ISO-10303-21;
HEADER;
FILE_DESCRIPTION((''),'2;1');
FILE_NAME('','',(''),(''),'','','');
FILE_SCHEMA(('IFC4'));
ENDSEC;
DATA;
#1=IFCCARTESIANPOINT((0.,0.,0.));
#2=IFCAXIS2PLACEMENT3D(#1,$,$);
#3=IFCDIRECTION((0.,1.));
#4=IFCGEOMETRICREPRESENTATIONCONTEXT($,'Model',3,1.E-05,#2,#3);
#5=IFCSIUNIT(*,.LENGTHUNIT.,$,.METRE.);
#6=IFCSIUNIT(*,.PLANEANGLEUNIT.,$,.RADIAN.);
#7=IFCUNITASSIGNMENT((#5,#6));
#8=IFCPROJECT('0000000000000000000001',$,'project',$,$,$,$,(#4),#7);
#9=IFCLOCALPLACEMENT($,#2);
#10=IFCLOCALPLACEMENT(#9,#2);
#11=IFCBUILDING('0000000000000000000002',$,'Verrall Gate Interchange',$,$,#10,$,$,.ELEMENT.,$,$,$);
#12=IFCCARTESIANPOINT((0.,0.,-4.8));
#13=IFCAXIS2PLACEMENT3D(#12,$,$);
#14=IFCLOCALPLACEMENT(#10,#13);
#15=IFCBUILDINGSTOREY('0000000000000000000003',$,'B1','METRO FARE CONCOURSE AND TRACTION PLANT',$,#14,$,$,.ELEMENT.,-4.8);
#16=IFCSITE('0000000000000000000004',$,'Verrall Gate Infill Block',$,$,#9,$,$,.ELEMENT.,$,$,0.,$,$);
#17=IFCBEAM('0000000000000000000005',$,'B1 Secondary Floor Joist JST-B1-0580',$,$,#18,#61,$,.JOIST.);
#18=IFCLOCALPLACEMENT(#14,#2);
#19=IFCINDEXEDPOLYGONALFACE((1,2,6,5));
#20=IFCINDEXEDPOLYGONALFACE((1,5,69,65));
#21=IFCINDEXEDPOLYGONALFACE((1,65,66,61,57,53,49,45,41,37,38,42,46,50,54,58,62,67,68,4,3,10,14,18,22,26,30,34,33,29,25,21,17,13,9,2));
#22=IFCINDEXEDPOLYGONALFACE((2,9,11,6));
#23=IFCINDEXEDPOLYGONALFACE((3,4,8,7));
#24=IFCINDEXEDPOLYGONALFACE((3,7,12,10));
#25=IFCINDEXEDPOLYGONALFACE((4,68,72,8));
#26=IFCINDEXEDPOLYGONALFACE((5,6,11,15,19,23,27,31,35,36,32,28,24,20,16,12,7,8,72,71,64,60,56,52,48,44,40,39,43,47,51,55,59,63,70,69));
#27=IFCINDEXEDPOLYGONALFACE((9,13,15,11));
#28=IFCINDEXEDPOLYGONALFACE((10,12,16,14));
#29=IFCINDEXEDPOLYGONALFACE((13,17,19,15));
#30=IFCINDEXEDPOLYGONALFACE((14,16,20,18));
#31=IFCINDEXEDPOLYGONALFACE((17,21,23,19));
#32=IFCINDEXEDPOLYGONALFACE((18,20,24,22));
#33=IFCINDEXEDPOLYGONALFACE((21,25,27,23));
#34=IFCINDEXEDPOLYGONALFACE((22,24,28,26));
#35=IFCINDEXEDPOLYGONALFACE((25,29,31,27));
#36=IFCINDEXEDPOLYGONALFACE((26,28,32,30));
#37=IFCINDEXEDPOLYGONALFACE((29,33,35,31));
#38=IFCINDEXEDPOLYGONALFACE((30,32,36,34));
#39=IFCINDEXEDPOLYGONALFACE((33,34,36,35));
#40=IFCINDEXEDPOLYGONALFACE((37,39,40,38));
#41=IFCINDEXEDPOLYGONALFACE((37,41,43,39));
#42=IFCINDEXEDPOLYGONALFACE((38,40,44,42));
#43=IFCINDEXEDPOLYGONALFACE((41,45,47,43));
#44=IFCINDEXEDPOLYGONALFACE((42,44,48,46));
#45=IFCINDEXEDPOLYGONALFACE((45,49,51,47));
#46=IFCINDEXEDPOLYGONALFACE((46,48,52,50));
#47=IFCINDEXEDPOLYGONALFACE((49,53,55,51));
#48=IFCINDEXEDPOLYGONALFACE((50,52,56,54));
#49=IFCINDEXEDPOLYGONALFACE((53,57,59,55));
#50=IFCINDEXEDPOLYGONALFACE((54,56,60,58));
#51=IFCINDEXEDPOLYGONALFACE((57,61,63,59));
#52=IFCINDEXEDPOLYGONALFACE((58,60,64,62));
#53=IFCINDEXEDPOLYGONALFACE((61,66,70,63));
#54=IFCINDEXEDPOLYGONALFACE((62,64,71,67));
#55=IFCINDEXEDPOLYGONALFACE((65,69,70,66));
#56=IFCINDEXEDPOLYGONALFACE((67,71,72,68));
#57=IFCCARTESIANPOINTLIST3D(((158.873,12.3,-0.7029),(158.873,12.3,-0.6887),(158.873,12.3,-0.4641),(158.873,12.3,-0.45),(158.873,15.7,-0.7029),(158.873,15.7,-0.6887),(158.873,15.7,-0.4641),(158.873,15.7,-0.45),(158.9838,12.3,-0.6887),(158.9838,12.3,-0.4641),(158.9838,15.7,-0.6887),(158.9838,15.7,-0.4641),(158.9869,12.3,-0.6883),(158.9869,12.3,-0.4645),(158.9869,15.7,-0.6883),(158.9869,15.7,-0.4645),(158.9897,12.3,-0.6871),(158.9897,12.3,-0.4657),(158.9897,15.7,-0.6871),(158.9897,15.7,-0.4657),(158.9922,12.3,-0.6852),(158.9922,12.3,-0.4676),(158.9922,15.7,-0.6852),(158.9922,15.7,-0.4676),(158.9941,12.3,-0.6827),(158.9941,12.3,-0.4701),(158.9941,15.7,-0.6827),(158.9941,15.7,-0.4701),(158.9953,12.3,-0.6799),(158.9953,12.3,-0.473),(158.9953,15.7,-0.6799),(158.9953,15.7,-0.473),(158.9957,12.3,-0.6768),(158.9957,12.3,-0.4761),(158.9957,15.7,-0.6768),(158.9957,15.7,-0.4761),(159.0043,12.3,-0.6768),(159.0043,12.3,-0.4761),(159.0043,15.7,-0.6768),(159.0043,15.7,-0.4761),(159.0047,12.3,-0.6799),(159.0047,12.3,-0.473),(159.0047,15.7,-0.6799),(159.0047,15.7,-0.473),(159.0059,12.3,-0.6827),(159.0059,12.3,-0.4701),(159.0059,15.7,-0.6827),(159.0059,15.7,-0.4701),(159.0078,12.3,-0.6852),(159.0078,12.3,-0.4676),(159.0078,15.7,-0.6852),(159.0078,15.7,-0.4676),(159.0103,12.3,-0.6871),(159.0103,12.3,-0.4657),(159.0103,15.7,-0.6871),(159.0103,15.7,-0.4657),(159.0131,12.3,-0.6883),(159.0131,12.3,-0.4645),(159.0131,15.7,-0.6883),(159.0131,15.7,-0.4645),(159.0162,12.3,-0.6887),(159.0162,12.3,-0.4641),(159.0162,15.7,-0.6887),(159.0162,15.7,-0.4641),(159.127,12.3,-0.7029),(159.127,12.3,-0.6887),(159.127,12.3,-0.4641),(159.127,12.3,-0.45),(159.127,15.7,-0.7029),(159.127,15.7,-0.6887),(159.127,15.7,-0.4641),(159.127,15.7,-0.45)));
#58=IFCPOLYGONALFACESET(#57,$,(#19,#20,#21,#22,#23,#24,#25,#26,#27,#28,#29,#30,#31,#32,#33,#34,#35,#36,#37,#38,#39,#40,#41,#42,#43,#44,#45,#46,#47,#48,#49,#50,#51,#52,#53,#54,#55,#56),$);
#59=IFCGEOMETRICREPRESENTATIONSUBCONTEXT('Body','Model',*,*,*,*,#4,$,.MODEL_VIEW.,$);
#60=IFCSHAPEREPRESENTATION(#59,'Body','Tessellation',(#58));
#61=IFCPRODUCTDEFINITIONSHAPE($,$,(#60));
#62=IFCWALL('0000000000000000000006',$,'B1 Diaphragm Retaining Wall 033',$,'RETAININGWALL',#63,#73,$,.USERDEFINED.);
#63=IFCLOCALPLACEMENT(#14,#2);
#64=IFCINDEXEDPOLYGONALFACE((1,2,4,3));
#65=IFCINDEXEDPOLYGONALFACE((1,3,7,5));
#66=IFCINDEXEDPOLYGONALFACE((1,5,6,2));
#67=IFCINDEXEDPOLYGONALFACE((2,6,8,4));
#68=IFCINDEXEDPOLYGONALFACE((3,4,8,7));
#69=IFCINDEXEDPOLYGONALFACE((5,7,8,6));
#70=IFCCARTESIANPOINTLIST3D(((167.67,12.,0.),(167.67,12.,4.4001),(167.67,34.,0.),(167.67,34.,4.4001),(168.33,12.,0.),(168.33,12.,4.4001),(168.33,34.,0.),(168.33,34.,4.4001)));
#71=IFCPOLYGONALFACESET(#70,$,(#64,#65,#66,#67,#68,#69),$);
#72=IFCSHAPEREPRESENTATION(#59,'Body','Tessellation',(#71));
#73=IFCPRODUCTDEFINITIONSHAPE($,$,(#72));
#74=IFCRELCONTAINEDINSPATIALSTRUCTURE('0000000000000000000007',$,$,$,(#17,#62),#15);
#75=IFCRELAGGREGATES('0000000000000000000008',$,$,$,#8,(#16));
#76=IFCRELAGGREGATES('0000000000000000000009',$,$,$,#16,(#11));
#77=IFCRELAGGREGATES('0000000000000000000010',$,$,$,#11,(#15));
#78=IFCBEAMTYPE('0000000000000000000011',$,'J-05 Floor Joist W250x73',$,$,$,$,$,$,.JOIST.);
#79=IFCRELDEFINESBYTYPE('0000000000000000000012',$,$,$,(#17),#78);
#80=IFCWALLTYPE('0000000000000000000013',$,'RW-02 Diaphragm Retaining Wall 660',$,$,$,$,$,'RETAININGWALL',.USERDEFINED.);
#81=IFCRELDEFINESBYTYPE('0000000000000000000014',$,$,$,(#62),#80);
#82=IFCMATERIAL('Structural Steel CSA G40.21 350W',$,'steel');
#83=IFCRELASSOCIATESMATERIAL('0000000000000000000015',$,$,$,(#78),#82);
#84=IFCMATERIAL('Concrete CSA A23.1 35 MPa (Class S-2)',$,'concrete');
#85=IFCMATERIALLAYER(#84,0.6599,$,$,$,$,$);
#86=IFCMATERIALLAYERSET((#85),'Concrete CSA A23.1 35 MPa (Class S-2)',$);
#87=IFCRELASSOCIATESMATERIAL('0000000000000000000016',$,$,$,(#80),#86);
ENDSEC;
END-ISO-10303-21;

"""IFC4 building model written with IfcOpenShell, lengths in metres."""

from ifc_helpers import new_model, si_unit, direction, frame, frame_2d, origin, origin_2d, place, context, subcontext, project, spatial, rectangle, i_section, extrude, material, layer, layer_set, material_profile, profile_set, type_object, element, save


model = new_model("IFC4")

# Units and contexts
model_context = context("Model", 3, precision=1e-05, world=origin(), true_north=direction((0.0, 1.0)))
body_context = subcontext(model_context, "Body", "Model", "MODEL_VIEW")
ifc_project = project(units=[si_unit("LENGTHUNIT", "METRE"), si_unit("PLANEANGLEUNIT", "RADIAN")], contexts=[model_context])

# Site, building, storey
site_placement = place(None, origin())
site = spatial("IfcSite", under=ifc_project, at=site_placement, Name="Verrall Gate Infill Block", CompositionType="ELEMENT", RefElevation=0.0)
building_placement = place(site_placement, origin())
building = spatial("IfcBuilding", under=site, at=building_placement, Name="Verrall Gate Interchange", CompositionType="ELEMENT")
storey_placement = place(building_placement, frame((0.0, 0.0, -4.8)))
storey = spatial("IfcBuildingStorey", under=building, at=storey_placement, Name="B1", Description="METRO FARE CONCOURSE AND TRACTION PLANT", CompositionType="ELEMENT", Elevation=-4.8)

# Beam
ifc_material_1 = material(Name="Structural Steel CSA G40.21 350W", Category="steel")
ifc_material_profile_1 = material_profile(ifc_material_1, i_section(OverallWidth=0.2539, OverallDepth=0.2529, WebThickness=0.0085, FlangeThickness=0.0142, FilletRadius=0.012, at=origin_2d()), Name="W250x73")
ifc_profile_set_1 = profile_set([ifc_material_profile_1], Name="Structural Steel CSA G40.21 350W")
beam_type_1 = type_object("IfcBeamType", Name="J-05 Floor Joist W250x73", PredefinedType="JOIST", material=ifc_profile_set_1)
beam_1_placement = place(storey_placement, frame((159.0, 12.3, -0.5764), z_axis=(0.0, 1.0, 0.0), x_axis=(-1.0, 0.0, 0.0)))
element("IfcBeam", 1, at=beam_1_placement, inside=storey, type_object=beam_type_1, Name="B1 Secondary Floor Joist JST-B1-0580", PredefinedType="JOIST", context=body_context, shape_type="SweptSolid", body=[
    extrude(i_section(OverallWidth=0.2539, OverallDepth=0.2529, WebThickness=0.0085, FlangeThickness=0.0142, FilletRadius=0.012, at=origin_2d()), origin(), (0.0, 0.0, 1.0), 3.3999),
])

# Wall
ifc_material_2 = material(Name="Concrete CSA A23.1 35 MPa (Class S-2)", Category="concrete")
ifc_layer = layer(ifc_material_2, 0.6599)
ifc_layer_set = layer_set([ifc_layer], Name="Concrete CSA A23.1 35 MPa (Class S-2)")
wall_type = type_object("IfcWallType", Name="RW-02 Diaphragm Retaining Wall 660", ElementType="RETAININGWALL", PredefinedType="USERDEFINED", material=ifc_layer_set)
wall_placement = place(storey_placement, frame((168.0, 12.0, 0.0), z_axis=(0.0, 0.0, 1.0), x_axis=(0.0, 1.0, 0.0)))
element("IfcWall", 2, at=wall_placement, inside=storey, type_object=wall_type, Name="B1 Diaphragm Retaining Wall 033", ObjectType="RETAININGWALL", PredefinedType="USERDEFINED", context=body_context, shape_type="SweptSolid", body=[
    extrude(rectangle(XDim=22.0, YDim=0.6599, at=frame_2d((11.0, 0.0))), origin(), (0.0, 0.0, 1.0), 4.4001),
])

save(model, "model.ifc")
